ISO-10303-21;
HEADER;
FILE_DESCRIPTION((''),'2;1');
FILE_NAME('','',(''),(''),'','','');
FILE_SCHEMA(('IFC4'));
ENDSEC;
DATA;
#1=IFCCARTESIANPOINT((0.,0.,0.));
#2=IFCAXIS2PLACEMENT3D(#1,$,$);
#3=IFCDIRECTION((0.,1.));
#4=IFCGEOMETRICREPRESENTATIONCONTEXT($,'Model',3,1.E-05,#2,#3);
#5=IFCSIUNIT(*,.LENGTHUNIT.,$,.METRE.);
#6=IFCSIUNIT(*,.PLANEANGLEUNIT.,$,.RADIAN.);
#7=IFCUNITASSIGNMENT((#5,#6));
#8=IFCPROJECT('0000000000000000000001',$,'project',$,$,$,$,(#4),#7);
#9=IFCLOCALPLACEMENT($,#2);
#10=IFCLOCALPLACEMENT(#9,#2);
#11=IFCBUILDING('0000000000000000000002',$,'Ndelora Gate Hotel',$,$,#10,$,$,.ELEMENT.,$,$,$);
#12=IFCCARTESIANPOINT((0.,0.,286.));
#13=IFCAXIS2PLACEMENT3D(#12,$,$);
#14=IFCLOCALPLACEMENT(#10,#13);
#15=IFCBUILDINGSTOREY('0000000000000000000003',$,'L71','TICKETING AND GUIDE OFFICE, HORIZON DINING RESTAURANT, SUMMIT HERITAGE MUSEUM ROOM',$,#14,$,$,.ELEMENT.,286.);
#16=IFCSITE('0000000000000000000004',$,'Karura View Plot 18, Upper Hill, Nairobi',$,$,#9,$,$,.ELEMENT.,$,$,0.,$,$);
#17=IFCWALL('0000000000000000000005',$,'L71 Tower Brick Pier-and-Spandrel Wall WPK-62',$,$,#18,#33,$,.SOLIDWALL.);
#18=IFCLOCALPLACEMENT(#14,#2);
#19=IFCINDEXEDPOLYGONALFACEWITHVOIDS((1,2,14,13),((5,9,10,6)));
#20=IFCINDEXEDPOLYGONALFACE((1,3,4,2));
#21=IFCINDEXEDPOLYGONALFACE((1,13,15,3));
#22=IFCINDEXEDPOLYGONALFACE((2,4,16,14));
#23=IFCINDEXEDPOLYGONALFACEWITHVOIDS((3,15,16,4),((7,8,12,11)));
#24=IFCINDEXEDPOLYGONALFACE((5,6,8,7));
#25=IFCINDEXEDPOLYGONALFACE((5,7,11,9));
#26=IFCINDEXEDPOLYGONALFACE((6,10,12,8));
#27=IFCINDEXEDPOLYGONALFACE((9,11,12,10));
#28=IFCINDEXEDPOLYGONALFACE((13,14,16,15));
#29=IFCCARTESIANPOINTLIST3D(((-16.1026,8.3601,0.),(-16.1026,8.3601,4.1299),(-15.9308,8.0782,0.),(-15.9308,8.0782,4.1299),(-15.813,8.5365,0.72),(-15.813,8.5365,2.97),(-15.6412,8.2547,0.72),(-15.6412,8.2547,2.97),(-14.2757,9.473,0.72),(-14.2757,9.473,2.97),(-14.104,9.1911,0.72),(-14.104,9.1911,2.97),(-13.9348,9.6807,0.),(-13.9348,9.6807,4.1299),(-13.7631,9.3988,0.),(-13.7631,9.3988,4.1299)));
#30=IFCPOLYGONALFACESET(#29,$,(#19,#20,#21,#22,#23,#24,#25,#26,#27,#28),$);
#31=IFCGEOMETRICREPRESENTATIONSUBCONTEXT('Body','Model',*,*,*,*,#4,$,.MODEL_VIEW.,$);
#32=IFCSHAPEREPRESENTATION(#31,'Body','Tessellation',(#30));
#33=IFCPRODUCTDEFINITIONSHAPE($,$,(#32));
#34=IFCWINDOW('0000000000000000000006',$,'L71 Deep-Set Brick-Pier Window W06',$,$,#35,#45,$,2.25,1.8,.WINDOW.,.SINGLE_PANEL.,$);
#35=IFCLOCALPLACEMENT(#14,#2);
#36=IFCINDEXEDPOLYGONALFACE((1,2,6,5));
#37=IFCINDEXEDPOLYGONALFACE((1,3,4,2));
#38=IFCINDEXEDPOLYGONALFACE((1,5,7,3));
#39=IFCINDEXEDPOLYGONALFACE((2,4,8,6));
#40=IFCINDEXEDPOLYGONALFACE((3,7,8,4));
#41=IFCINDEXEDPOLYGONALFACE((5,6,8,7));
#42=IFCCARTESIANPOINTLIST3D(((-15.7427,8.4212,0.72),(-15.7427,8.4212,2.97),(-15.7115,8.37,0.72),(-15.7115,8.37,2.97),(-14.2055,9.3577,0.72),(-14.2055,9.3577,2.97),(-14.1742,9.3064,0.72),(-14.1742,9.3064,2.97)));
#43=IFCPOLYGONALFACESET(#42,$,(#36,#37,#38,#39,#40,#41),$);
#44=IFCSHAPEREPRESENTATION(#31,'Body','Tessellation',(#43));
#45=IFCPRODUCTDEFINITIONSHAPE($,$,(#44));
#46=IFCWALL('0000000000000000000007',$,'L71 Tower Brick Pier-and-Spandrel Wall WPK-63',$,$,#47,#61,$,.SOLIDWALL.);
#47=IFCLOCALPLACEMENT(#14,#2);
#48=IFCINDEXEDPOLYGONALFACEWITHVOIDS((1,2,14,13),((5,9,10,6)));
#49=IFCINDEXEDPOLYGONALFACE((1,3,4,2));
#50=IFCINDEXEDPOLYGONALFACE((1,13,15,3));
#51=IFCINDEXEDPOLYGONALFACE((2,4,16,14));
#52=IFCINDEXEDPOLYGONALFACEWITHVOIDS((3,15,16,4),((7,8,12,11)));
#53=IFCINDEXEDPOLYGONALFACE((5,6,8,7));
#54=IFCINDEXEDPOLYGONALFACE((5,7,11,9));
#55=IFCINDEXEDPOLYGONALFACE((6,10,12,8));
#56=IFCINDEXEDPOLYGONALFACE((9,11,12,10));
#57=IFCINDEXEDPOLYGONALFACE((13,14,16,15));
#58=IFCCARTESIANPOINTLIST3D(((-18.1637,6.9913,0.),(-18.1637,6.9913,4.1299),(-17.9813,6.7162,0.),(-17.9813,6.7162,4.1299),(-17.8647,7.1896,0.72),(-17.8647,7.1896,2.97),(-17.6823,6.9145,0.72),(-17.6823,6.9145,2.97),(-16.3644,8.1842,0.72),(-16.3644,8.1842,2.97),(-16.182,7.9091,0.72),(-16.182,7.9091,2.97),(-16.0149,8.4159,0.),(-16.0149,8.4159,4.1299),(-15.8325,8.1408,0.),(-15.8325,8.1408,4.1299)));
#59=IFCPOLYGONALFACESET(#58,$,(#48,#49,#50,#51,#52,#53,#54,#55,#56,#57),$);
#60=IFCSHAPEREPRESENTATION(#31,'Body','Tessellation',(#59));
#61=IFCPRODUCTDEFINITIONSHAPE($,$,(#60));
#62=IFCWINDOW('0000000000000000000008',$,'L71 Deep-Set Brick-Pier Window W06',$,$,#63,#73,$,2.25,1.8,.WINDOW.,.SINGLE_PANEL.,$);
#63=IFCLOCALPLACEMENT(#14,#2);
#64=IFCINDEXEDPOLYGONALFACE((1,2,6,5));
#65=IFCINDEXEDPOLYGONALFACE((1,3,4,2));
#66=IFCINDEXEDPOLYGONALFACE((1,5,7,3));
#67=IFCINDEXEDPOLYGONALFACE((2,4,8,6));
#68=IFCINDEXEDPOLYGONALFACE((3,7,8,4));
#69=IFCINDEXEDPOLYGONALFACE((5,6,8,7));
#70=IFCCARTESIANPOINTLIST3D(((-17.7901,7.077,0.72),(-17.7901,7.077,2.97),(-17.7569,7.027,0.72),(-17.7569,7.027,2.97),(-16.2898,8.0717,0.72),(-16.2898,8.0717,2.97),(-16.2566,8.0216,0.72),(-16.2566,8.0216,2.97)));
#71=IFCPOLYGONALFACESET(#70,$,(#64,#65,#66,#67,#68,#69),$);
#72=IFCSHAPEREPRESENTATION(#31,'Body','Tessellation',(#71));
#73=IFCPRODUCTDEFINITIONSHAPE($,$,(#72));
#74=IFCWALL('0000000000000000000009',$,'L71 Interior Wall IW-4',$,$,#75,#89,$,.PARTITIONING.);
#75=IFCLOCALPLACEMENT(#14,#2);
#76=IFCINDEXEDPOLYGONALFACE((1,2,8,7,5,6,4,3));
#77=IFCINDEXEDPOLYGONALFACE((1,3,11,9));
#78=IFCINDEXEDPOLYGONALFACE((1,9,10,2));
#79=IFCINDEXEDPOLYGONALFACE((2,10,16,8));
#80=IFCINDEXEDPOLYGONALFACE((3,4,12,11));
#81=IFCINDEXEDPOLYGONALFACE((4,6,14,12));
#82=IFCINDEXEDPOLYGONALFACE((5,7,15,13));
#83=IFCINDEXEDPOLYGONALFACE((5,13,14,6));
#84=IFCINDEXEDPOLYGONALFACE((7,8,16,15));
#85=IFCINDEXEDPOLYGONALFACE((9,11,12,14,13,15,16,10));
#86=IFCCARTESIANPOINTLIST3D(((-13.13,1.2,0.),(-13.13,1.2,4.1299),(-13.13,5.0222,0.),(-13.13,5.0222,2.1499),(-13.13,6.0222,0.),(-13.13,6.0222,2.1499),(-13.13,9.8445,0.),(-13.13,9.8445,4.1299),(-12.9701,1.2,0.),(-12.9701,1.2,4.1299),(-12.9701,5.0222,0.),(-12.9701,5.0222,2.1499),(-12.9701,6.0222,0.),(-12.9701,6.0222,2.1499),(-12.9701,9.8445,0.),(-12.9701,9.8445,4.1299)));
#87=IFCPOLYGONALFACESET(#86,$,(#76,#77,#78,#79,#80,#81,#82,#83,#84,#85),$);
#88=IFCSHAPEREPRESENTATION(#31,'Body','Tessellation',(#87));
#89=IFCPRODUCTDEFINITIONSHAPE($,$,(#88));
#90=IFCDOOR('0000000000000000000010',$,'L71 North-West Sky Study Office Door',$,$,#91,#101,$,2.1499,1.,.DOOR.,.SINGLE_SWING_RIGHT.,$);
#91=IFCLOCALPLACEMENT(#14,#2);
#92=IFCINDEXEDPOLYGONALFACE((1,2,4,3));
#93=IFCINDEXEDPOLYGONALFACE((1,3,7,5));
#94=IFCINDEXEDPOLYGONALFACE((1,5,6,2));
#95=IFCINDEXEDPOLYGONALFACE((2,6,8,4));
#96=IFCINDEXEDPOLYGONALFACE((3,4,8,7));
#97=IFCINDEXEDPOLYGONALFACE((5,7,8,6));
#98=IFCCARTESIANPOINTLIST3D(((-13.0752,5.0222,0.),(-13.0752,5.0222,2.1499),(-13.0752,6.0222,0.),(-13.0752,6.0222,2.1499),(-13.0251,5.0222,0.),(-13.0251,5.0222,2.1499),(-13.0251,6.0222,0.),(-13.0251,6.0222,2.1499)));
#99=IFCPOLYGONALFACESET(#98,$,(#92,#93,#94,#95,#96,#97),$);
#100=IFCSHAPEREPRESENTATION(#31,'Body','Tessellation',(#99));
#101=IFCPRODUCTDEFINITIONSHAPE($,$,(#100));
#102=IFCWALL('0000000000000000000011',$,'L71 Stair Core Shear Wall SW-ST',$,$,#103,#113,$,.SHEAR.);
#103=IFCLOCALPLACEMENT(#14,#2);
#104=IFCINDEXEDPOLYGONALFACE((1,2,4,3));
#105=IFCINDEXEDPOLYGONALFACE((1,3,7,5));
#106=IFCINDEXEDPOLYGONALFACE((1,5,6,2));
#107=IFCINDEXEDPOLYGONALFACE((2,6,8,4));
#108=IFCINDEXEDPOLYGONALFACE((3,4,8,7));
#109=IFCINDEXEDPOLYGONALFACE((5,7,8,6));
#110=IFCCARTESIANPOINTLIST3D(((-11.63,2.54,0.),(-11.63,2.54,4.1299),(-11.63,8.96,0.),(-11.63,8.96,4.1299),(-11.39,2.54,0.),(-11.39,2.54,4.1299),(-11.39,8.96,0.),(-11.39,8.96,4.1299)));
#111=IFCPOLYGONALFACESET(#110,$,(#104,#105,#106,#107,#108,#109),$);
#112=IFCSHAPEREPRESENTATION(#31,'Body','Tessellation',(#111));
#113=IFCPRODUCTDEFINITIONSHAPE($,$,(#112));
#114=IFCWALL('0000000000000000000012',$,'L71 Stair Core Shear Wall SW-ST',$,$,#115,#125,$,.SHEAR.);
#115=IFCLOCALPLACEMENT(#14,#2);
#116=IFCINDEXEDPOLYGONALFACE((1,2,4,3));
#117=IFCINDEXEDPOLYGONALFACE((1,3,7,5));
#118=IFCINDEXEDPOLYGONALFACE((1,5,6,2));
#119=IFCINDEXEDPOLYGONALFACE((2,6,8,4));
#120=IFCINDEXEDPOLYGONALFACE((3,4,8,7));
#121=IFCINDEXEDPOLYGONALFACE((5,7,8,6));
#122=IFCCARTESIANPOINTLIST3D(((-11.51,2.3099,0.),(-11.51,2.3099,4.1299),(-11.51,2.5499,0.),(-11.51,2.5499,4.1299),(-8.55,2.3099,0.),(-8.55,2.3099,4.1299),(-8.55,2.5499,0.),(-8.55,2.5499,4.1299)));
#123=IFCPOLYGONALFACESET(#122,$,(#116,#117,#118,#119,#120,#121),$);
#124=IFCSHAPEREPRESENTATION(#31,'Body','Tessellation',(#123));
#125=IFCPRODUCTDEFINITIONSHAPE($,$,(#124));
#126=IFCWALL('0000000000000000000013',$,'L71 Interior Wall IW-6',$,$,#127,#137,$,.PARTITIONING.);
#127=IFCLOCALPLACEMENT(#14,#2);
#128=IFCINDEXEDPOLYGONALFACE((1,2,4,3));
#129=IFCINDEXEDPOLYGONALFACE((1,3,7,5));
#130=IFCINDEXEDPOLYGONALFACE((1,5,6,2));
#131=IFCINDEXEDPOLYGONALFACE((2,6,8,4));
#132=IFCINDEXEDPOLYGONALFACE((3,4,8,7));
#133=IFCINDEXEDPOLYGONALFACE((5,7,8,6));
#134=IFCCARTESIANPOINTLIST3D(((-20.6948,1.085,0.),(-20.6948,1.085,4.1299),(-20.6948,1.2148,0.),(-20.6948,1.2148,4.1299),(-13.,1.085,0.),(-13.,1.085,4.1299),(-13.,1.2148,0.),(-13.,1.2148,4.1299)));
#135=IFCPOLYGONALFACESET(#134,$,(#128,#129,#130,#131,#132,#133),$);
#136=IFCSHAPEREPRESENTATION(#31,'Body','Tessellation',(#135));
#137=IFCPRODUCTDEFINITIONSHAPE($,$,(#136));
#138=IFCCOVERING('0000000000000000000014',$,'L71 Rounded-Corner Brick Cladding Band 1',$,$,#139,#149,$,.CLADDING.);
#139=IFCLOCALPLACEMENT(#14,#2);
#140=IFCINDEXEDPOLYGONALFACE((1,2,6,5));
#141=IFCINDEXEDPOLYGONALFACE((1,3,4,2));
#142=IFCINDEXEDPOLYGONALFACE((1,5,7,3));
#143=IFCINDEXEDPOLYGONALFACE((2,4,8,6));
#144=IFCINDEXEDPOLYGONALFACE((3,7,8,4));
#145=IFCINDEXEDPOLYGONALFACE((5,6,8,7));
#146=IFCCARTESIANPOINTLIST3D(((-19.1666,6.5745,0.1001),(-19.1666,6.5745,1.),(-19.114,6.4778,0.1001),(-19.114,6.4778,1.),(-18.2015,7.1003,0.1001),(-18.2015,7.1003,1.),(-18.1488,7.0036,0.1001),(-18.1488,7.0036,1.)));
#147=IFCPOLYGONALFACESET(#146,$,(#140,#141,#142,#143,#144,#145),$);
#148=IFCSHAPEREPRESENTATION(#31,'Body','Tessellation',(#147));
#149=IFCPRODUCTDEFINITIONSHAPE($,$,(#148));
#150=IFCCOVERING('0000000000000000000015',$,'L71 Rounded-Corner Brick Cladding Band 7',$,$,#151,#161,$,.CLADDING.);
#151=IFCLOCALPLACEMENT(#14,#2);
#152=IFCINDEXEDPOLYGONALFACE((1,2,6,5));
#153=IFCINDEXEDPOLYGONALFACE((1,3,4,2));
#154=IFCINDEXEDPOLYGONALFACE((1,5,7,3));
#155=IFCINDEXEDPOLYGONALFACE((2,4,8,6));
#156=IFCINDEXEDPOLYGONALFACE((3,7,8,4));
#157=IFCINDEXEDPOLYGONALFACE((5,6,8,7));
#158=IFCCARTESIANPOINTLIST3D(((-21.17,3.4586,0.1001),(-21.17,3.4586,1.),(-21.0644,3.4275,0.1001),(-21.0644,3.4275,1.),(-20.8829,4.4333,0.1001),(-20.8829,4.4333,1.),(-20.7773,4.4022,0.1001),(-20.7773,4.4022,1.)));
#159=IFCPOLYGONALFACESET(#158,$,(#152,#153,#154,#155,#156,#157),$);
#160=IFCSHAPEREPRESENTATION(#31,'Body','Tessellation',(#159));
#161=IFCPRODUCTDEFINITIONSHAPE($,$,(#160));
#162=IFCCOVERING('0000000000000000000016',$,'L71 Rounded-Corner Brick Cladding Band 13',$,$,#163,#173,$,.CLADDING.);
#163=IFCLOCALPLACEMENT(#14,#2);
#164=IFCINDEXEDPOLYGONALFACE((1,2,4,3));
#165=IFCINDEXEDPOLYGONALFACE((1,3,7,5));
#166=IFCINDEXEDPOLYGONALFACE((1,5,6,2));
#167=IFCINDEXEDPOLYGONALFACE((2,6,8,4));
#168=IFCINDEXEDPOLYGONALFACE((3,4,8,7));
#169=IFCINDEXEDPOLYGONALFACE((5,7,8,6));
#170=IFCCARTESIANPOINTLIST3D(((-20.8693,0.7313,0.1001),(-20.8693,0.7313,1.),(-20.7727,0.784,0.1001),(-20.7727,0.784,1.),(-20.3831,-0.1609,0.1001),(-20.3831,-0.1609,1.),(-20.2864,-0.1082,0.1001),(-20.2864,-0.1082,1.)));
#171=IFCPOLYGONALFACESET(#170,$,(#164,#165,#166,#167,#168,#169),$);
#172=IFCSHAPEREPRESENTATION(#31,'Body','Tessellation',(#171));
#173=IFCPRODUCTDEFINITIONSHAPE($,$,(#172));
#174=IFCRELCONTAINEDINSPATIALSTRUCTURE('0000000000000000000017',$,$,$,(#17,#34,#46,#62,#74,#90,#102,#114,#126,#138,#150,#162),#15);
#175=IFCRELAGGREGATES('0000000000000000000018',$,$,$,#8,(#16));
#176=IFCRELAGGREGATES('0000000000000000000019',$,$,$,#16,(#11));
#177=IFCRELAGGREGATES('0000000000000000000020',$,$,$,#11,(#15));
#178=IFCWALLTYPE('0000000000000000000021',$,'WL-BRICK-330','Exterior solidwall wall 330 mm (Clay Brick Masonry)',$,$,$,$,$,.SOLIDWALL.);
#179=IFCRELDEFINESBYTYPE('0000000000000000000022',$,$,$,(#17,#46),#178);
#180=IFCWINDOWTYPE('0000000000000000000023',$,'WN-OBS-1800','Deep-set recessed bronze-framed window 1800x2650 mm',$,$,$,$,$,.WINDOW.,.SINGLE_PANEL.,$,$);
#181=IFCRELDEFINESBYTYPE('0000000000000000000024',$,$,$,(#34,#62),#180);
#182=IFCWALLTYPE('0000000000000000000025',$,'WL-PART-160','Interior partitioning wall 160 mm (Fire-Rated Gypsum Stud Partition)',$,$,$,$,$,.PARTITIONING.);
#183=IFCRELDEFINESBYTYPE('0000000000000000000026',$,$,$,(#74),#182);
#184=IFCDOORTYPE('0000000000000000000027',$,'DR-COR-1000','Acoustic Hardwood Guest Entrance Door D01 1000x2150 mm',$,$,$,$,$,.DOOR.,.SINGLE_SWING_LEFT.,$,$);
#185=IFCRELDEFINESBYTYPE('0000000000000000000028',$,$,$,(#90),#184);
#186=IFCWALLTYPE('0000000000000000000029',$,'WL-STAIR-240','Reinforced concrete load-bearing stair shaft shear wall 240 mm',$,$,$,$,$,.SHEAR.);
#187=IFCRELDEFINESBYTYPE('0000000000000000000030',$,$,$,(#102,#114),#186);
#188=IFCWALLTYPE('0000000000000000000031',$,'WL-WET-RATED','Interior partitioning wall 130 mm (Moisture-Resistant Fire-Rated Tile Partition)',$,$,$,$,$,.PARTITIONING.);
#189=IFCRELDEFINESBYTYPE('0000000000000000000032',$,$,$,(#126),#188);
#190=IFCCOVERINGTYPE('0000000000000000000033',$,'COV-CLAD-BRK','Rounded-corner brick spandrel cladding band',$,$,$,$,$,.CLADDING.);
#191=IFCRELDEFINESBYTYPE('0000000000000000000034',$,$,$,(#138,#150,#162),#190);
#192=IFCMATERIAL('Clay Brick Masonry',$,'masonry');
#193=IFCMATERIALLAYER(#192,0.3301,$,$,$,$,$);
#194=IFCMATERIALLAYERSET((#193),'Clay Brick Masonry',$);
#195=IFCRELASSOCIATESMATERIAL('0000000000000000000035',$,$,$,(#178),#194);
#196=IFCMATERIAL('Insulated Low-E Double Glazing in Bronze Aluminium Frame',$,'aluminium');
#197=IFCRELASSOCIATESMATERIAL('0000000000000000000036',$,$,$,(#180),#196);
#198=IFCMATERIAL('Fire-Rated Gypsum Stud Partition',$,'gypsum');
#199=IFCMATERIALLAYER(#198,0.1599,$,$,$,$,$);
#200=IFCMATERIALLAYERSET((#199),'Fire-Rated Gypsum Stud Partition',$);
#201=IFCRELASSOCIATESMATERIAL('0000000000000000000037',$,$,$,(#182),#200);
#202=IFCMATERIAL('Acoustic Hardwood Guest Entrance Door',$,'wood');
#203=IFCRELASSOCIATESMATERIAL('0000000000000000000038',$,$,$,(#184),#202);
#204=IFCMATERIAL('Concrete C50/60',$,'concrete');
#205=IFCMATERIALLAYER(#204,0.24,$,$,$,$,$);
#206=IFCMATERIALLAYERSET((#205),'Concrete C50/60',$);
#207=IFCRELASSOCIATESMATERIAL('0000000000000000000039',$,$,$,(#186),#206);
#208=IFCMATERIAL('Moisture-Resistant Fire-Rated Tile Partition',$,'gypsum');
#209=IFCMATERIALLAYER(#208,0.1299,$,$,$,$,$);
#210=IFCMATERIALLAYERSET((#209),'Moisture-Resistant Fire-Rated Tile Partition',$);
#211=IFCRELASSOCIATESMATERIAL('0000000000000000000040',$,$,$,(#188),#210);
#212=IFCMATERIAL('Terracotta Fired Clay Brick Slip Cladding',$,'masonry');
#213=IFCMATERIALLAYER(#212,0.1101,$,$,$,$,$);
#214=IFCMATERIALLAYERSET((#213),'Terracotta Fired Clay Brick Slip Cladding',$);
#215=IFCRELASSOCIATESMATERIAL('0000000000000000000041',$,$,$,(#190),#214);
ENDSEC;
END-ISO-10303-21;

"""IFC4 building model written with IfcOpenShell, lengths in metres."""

from ifc_helpers import new_model, si_unit, direction, frame, frame_2d, origin, origin_2d, place, context, subcontext, project, spatial, rectangle, extrude, material, layer, layer_set, type_object, element, fill, save


model = new_model("IFC4")

# Units and contexts
model_context = context("Model", 3, precision=1e-05, world=origin(), true_north=direction((0.0, 1.0)))
body_context = subcontext(model_context, "Body", "Model", "MODEL_VIEW")
ifc_project = project(units=[si_unit("LENGTHUNIT", "METRE"), si_unit("PLANEANGLEUNIT", "RADIAN")], contexts=[model_context])

# Site, building, storey
site_placement = place(None, origin())
site = spatial("IfcSite", under=ifc_project, at=site_placement, Name="Karura View Plot 18, Upper Hill, Nairobi", CompositionType="ELEMENT", RefElevation=0.0)
building_placement = place(site_placement, origin())
building = spatial("IfcBuilding", under=site, at=building_placement, Name="Ndelora Gate Hotel", CompositionType="ELEMENT")
storey_placement = place(building_placement, frame((0.0, 0.0, 286.0)))
storey = spatial("IfcBuildingStorey", under=building, at=storey_placement, Name="L71", Description="TICKETING AND GUIDE OFFICE, HORIZON DINING RESTAURANT, SUMMIT HERITAGE MUSEUM ROOM", CompositionType="ELEMENT", Elevation=286.0)

# Shared definitions
ifc_material_1 = material(Name="Concrete C50/60", Category="concrete")

# Shared definitions
ifc_material_2 = material(Name="Clay Brick Masonry", Category="masonry")
ifc_layer_1 = layer(ifc_material_2, 0.3301)
ifc_layer_set_1 = layer_set([ifc_layer_1], Name="Clay Brick Masonry")
wall_type_1 = type_object("IfcWallType", Name="WL-BRICK-330", Description="Exterior solidwall wall 330 mm (Clay Brick Masonry)", PredefinedType="SOLIDWALL", material=ifc_layer_set_1)

# Shared definitions
ifc_material_3 = material(Name="Insulated Low-E Double Glazing in Bronze Aluminium Frame", Category="aluminium")
window_type = type_object("IfcWindowType", Name="WN-OBS-1800", Description="Deep-set recessed bronze-framed window 1800x2650 mm", PartitioningType="SINGLE_PANEL", PredefinedType="WINDOW", material=ifc_material_3)

# Walls, openings, windows
wall_1_placement = place(storey_placement, frame((-16.0166, 8.2192, 0.0), z_axis=(0.0, 0.0, 1.0), x_axis=(0.854011, 0.520255, 0.0)))
wall_1 = element("IfcWall", 1, at=wall_1_placement, inside=storey, type_object=wall_type_1, Name="L71 Tower Brick Pier-and-Spandrel Wall WPK-62", PredefinedType="SOLIDWALL", context=body_context, shape_type="SweptSolid", body=[
    extrude(rectangle(XDim=2.5383, YDim=0.3301, at=frame_2d((1.269, 0.0))), origin(), (0.0, 0.0, 1.0), 4.1299),
])
opening_1_placement = place(wall_1_placement, frame((0.3391, 0.0, 0.72)))
opening_1 = element("IfcOpeningElement", 2, at=opening_1_placement, cuts=wall_1, PredefinedType="OPENING", context=body_context, shape_type="SweptSolid", body=[
    extrude(rectangle(XDim=1.8, YDim=2.25, at=frame_2d((0.8999, 1.125))), frame((0.0, 0.175, 0.0), z_axis=(0.0, -1.0, 0.0), x_axis=(1.0, 0.0, 0.0)), (0.0, 0.0, 1.0), 0.3501),
])
window_1_placement = place(opening_1_placement, origin())
window_1 = element("IfcWindow", 3, at=window_1_placement, inside=storey, type_object=window_type, Name="L71 Deep-Set Brick-Pier Window W06", OverallHeight=2.25, OverallWidth=1.8, PartitioningType="SINGLE_PANEL", PredefinedType="WINDOW", context=body_context, shape_type="SweptSolid", body=[
    extrude(rectangle(XDim=1.8, YDim=2.25, at=frame_2d((0.8999, 1.125))), frame((0.0, 0.03, 0.0), z_axis=(0.0, -1.0, 0.0), x_axis=(1.0, 0.0, 0.0)), (0.0, 0.0, 1.0), 0.0601),
])
fill(opening_1, window_1)
wall_2_placement = place(storey_placement, frame((-18.0725, 6.8538, 0.0), z_axis=(0.0, 0.0, 1.0), x_axis=(0.833461, 0.552579, 0.0)))
wall_2 = element("IfcWall", 4, at=wall_2_placement, inside=storey, type_object=wall_type_1, Name="L71 Tower Brick Pier-and-Spandrel Wall WPK-63", PredefinedType="SOLIDWALL", context=body_context, shape_type="SweptSolid", body=[
    extrude(rectangle(XDim=2.5781, YDim=0.3301, at=frame_2d((1.2891, 0.0))), origin(), (0.0, 0.0, 1.0), 4.1299),
])
opening_2_placement = place(wall_2_placement, frame((0.3589, 0.0, 0.72)))
opening_2 = element("IfcOpeningElement", 5, at=opening_2_placement, cuts=wall_2, PredefinedType="OPENING", context=body_context, shape_type="SweptSolid", body=[
    extrude(rectangle(XDim=1.8, YDim=2.25, at=frame_2d((0.8999, 1.125))), frame((0.0, 0.175, 0.0), z_axis=(0.0, -1.0, 0.0), x_axis=(1.0, 0.0, 0.0)), (0.0, 0.0, 1.0), 0.3501),
])
window_2_placement = place(opening_2_placement, origin())
window_2 = element("IfcWindow", 6, at=window_2_placement, inside=storey, type_object=window_type, Name="L71 Deep-Set Brick-Pier Window W06", OverallHeight=2.25, OverallWidth=1.8, PartitioningType="SINGLE_PANEL", PredefinedType="WINDOW", context=body_context, shape_type="SweptSolid", body=[
    extrude(rectangle(XDim=1.8, YDim=2.25, at=frame_2d((0.8999, 1.125))), frame((0.0, 0.03, 0.0), z_axis=(0.0, -1.0, 0.0), x_axis=(1.0, 0.0, 0.0)), (0.0, 0.0, 1.0), 0.0601),
])
fill(opening_2, window_2)

# Wall, opening, door
ifc_material_4 = material(Name="Fire-Rated Gypsum Stud Partition", Category="gypsum")
ifc_layer_2 = layer(ifc_material_4, 0.1599)
ifc_layer_set_2 = layer_set([ifc_layer_2], Name="Fire-Rated Gypsum Stud Partition")
wall_type_2 = type_object("IfcWallType", Name="WL-PART-160", Description="Interior partitioning wall 160 mm (Fire-Rated Gypsum Stud Partition)", PredefinedType="PARTITIONING", material=ifc_layer_set_2)
wall_3_placement = place(storey_placement, frame((-13.05, 9.8445, 0.0), z_axis=(0.0, 0.0, 1.0), x_axis=(0.0, -1.0, 0.0)))
wall_3 = element("IfcWall", 7, at=wall_3_placement, inside=storey, type_object=wall_type_2, Name="L71 Interior Wall IW-4", PredefinedType="PARTITIONING", context=body_context, shape_type="SweptSolid", body=[
    extrude(rectangle(XDim=8.6445, YDim=0.1599, at=frame_2d((4.3223, 0.0))), origin(), (0.0, 0.0, 1.0), 4.1299),
])
opening_3_placement = place(wall_3_placement, frame((3.8223, 0.0, 0.0)))
opening_3 = element("IfcOpeningElement", 8, at=opening_3_placement, cuts=wall_3, PredefinedType="OPENING", context=body_context, shape_type="SweptSolid", body=[
    extrude(rectangle(XDim=1.0, YDim=2.1499, at=frame_2d((0.5, 1.075))), frame((0.0, 0.0898, 0.0), z_axis=(0.0, -1.0, 0.0), x_axis=(1.0, 0.0, 0.0)), (0.0, 0.0, 1.0), 0.1799),
])
ifc_material_5 = material(Name="Acoustic Hardwood Guest Entrance Door", Category="wood")
door_type = type_object("IfcDoorType", Name="DR-COR-1000", Description="Acoustic Hardwood Guest Entrance Door D01 1000x2150 mm", OperationType="SINGLE_SWING_LEFT", PredefinedType="DOOR", material=ifc_material_5)
door_1_placement = place(opening_3_placement, origin())
door_1 = element("IfcDoor", 9, at=door_1_placement, inside=storey, type_object=door_type, Name="L71 North-West Sky Study Office Door", OperationType="SINGLE_SWING_RIGHT", OverallHeight=2.1499, OverallWidth=1.0, PredefinedType="DOOR", context=body_context, shape_type="SweptSolid", body=[
    extrude(rectangle(XDim=1.0, YDim=2.1499, at=frame_2d((0.5, 1.075))), frame((0.0, 0.0249, 0.0), z_axis=(0.0, -1.0, 0.0), x_axis=(1.0, 0.0, 0.0)), (0.0, 0.0, 1.0), 0.05),
])
fill(opening_3, door_1)

# Walls
ifc_layer_3 = layer(ifc_material_1, 0.24)
ifc_layer_set_3 = layer_set([ifc_layer_3], Name="Concrete C50/60")
wall_type_3 = type_object("IfcWallType", Name="WL-STAIR-240", Description="Reinforced concrete load-bearing stair shaft shear wall 240 mm", PredefinedType="SHEAR", material=ifc_layer_set_3)
wall_4_placement = place(storey_placement, frame((-11.51, 2.54, 0.0), z_axis=(0.0, 0.0, 1.0), x_axis=(0.0, 1.0, 0.0)))
element("IfcWall", 10, at=wall_4_placement, inside=storey, type_object=wall_type_3, Name="L71 Stair Core Shear Wall SW-ST", PredefinedType="SHEAR", context=body_context, shape_type="SweptSolid", body=[
    extrude(rectangle(XDim=6.4199, YDim=0.24, at=frame_2d((3.21, 0.0))), origin(), (0.0, 0.0, 1.0), 4.1299),
])
wall_5_placement = place(storey_placement, frame((-11.51, 2.4299, 0.0), z_axis=(0.0, 0.0, 1.0), x_axis=(1.0, 0.0, 0.0)))
element("IfcWall", 11, at=wall_5_placement, inside=storey, type_object=wall_type_3, Name="L71 Stair Core Shear Wall SW-ST", PredefinedType="SHEAR", context=body_context, shape_type="SweptSolid", body=[
    extrude(rectangle(XDim=2.96, YDim=0.24, at=frame_2d((1.48, 0.0))), origin(), (0.0, 0.0, 1.0), 4.1299),
])
ifc_material_6 = material(Name="Moisture-Resistant Fire-Rated Tile Partition", Category="gypsum")
ifc_layer_4 = layer(ifc_material_6, 0.1299)
ifc_layer_set_4 = layer_set([ifc_layer_4], Name="Moisture-Resistant Fire-Rated Tile Partition")
wall_type_4 = type_object("IfcWallType", Name="WL-WET-RATED", Description="Interior partitioning wall 130 mm (Moisture-Resistant Fire-Rated Tile Partition)", PredefinedType="PARTITIONING", material=ifc_layer_set_4)
wall_6_placement = place(storey_placement, frame((-20.6948, 1.1499, 0.0), z_axis=(0.0, 0.0, 1.0), x_axis=(1.0, 0.0, 0.0)))
element("IfcWall", 12, at=wall_6_placement, inside=storey, type_object=wall_type_4, Name="L71 Interior Wall IW-6", PredefinedType="PARTITIONING", context=body_context, shape_type="SweptSolid", body=[
    extrude(rectangle(XDim=7.6948, YDim=0.1299, at=frame_2d((3.8474, 0.0))), origin(), (0.0, 0.0, 1.0), 4.1299),
])

# Coverings
ifc_material_7 = material(Name="Terracotta Fired Clay Brick Slip Cladding", Category="masonry")
ifc_layer_5 = layer(ifc_material_7, 0.1101)
ifc_layer_set_5 = layer_set([ifc_layer_5], Name="Terracotta Fired Clay Brick Slip Cladding")
covering_type_1 = type_object("IfcCoveringType", Name="COV-CLAD-BRK", Description="Rounded-corner brick spandrel cladding band", PredefinedType="CLADDING", material=ifc_layer_set_5)
covering_1_placement = place(storey_placement, frame((-18.6577, 6.7891, 0.1001), z_axis=(0.0, 0.0, 1.0), x_axis=(0.87815, 0.478385, 0.0)))
element("IfcCovering", 13, at=covering_1_placement, inside=storey, type_object=covering_type_1, Name="L71 Rounded-Corner Brick Cladding Band 1", PredefinedType="CLADDING", context=body_context, shape_type="SweptSolid", body=[
    extrude(rectangle(XDim=1.0991, YDim=0.1101, at=origin_2d()), origin(), (0.0, 0.0, 1.0), 0.8999),
])
for number, where, z_axis, x_axis, name in (
    (14, (-20.9736, 3.9304, 0.1001), (0.0, 0.0, 1.0), (0.282509, 0.959265, 0.0), "L71 Rounded-Corner Brick Cladding Band 7"),
    (15, (-20.5779, 0.3115, 0.1001), (0.0, 0.0, 1.0), (-0.478539, 0.878067, 0.0), "L71 Rounded-Corner Brick Cladding Band 13"),
):
    element("IfcCovering", number, at=place(storey_placement, frame(where, z_axis=z_axis, x_axis=x_axis)), inside=storey, type_object=covering_type_1, Name=name, PredefinedType="CLADDING", context=body_context, shape_type="SweptSolid", body=[
        extrude(rectangle(XDim=1.0161, YDim=0.1101, at=origin_2d()), origin(), (0.0, 0.0, 1.0), 0.8999),
    ])

save(model, "model.ifc")
